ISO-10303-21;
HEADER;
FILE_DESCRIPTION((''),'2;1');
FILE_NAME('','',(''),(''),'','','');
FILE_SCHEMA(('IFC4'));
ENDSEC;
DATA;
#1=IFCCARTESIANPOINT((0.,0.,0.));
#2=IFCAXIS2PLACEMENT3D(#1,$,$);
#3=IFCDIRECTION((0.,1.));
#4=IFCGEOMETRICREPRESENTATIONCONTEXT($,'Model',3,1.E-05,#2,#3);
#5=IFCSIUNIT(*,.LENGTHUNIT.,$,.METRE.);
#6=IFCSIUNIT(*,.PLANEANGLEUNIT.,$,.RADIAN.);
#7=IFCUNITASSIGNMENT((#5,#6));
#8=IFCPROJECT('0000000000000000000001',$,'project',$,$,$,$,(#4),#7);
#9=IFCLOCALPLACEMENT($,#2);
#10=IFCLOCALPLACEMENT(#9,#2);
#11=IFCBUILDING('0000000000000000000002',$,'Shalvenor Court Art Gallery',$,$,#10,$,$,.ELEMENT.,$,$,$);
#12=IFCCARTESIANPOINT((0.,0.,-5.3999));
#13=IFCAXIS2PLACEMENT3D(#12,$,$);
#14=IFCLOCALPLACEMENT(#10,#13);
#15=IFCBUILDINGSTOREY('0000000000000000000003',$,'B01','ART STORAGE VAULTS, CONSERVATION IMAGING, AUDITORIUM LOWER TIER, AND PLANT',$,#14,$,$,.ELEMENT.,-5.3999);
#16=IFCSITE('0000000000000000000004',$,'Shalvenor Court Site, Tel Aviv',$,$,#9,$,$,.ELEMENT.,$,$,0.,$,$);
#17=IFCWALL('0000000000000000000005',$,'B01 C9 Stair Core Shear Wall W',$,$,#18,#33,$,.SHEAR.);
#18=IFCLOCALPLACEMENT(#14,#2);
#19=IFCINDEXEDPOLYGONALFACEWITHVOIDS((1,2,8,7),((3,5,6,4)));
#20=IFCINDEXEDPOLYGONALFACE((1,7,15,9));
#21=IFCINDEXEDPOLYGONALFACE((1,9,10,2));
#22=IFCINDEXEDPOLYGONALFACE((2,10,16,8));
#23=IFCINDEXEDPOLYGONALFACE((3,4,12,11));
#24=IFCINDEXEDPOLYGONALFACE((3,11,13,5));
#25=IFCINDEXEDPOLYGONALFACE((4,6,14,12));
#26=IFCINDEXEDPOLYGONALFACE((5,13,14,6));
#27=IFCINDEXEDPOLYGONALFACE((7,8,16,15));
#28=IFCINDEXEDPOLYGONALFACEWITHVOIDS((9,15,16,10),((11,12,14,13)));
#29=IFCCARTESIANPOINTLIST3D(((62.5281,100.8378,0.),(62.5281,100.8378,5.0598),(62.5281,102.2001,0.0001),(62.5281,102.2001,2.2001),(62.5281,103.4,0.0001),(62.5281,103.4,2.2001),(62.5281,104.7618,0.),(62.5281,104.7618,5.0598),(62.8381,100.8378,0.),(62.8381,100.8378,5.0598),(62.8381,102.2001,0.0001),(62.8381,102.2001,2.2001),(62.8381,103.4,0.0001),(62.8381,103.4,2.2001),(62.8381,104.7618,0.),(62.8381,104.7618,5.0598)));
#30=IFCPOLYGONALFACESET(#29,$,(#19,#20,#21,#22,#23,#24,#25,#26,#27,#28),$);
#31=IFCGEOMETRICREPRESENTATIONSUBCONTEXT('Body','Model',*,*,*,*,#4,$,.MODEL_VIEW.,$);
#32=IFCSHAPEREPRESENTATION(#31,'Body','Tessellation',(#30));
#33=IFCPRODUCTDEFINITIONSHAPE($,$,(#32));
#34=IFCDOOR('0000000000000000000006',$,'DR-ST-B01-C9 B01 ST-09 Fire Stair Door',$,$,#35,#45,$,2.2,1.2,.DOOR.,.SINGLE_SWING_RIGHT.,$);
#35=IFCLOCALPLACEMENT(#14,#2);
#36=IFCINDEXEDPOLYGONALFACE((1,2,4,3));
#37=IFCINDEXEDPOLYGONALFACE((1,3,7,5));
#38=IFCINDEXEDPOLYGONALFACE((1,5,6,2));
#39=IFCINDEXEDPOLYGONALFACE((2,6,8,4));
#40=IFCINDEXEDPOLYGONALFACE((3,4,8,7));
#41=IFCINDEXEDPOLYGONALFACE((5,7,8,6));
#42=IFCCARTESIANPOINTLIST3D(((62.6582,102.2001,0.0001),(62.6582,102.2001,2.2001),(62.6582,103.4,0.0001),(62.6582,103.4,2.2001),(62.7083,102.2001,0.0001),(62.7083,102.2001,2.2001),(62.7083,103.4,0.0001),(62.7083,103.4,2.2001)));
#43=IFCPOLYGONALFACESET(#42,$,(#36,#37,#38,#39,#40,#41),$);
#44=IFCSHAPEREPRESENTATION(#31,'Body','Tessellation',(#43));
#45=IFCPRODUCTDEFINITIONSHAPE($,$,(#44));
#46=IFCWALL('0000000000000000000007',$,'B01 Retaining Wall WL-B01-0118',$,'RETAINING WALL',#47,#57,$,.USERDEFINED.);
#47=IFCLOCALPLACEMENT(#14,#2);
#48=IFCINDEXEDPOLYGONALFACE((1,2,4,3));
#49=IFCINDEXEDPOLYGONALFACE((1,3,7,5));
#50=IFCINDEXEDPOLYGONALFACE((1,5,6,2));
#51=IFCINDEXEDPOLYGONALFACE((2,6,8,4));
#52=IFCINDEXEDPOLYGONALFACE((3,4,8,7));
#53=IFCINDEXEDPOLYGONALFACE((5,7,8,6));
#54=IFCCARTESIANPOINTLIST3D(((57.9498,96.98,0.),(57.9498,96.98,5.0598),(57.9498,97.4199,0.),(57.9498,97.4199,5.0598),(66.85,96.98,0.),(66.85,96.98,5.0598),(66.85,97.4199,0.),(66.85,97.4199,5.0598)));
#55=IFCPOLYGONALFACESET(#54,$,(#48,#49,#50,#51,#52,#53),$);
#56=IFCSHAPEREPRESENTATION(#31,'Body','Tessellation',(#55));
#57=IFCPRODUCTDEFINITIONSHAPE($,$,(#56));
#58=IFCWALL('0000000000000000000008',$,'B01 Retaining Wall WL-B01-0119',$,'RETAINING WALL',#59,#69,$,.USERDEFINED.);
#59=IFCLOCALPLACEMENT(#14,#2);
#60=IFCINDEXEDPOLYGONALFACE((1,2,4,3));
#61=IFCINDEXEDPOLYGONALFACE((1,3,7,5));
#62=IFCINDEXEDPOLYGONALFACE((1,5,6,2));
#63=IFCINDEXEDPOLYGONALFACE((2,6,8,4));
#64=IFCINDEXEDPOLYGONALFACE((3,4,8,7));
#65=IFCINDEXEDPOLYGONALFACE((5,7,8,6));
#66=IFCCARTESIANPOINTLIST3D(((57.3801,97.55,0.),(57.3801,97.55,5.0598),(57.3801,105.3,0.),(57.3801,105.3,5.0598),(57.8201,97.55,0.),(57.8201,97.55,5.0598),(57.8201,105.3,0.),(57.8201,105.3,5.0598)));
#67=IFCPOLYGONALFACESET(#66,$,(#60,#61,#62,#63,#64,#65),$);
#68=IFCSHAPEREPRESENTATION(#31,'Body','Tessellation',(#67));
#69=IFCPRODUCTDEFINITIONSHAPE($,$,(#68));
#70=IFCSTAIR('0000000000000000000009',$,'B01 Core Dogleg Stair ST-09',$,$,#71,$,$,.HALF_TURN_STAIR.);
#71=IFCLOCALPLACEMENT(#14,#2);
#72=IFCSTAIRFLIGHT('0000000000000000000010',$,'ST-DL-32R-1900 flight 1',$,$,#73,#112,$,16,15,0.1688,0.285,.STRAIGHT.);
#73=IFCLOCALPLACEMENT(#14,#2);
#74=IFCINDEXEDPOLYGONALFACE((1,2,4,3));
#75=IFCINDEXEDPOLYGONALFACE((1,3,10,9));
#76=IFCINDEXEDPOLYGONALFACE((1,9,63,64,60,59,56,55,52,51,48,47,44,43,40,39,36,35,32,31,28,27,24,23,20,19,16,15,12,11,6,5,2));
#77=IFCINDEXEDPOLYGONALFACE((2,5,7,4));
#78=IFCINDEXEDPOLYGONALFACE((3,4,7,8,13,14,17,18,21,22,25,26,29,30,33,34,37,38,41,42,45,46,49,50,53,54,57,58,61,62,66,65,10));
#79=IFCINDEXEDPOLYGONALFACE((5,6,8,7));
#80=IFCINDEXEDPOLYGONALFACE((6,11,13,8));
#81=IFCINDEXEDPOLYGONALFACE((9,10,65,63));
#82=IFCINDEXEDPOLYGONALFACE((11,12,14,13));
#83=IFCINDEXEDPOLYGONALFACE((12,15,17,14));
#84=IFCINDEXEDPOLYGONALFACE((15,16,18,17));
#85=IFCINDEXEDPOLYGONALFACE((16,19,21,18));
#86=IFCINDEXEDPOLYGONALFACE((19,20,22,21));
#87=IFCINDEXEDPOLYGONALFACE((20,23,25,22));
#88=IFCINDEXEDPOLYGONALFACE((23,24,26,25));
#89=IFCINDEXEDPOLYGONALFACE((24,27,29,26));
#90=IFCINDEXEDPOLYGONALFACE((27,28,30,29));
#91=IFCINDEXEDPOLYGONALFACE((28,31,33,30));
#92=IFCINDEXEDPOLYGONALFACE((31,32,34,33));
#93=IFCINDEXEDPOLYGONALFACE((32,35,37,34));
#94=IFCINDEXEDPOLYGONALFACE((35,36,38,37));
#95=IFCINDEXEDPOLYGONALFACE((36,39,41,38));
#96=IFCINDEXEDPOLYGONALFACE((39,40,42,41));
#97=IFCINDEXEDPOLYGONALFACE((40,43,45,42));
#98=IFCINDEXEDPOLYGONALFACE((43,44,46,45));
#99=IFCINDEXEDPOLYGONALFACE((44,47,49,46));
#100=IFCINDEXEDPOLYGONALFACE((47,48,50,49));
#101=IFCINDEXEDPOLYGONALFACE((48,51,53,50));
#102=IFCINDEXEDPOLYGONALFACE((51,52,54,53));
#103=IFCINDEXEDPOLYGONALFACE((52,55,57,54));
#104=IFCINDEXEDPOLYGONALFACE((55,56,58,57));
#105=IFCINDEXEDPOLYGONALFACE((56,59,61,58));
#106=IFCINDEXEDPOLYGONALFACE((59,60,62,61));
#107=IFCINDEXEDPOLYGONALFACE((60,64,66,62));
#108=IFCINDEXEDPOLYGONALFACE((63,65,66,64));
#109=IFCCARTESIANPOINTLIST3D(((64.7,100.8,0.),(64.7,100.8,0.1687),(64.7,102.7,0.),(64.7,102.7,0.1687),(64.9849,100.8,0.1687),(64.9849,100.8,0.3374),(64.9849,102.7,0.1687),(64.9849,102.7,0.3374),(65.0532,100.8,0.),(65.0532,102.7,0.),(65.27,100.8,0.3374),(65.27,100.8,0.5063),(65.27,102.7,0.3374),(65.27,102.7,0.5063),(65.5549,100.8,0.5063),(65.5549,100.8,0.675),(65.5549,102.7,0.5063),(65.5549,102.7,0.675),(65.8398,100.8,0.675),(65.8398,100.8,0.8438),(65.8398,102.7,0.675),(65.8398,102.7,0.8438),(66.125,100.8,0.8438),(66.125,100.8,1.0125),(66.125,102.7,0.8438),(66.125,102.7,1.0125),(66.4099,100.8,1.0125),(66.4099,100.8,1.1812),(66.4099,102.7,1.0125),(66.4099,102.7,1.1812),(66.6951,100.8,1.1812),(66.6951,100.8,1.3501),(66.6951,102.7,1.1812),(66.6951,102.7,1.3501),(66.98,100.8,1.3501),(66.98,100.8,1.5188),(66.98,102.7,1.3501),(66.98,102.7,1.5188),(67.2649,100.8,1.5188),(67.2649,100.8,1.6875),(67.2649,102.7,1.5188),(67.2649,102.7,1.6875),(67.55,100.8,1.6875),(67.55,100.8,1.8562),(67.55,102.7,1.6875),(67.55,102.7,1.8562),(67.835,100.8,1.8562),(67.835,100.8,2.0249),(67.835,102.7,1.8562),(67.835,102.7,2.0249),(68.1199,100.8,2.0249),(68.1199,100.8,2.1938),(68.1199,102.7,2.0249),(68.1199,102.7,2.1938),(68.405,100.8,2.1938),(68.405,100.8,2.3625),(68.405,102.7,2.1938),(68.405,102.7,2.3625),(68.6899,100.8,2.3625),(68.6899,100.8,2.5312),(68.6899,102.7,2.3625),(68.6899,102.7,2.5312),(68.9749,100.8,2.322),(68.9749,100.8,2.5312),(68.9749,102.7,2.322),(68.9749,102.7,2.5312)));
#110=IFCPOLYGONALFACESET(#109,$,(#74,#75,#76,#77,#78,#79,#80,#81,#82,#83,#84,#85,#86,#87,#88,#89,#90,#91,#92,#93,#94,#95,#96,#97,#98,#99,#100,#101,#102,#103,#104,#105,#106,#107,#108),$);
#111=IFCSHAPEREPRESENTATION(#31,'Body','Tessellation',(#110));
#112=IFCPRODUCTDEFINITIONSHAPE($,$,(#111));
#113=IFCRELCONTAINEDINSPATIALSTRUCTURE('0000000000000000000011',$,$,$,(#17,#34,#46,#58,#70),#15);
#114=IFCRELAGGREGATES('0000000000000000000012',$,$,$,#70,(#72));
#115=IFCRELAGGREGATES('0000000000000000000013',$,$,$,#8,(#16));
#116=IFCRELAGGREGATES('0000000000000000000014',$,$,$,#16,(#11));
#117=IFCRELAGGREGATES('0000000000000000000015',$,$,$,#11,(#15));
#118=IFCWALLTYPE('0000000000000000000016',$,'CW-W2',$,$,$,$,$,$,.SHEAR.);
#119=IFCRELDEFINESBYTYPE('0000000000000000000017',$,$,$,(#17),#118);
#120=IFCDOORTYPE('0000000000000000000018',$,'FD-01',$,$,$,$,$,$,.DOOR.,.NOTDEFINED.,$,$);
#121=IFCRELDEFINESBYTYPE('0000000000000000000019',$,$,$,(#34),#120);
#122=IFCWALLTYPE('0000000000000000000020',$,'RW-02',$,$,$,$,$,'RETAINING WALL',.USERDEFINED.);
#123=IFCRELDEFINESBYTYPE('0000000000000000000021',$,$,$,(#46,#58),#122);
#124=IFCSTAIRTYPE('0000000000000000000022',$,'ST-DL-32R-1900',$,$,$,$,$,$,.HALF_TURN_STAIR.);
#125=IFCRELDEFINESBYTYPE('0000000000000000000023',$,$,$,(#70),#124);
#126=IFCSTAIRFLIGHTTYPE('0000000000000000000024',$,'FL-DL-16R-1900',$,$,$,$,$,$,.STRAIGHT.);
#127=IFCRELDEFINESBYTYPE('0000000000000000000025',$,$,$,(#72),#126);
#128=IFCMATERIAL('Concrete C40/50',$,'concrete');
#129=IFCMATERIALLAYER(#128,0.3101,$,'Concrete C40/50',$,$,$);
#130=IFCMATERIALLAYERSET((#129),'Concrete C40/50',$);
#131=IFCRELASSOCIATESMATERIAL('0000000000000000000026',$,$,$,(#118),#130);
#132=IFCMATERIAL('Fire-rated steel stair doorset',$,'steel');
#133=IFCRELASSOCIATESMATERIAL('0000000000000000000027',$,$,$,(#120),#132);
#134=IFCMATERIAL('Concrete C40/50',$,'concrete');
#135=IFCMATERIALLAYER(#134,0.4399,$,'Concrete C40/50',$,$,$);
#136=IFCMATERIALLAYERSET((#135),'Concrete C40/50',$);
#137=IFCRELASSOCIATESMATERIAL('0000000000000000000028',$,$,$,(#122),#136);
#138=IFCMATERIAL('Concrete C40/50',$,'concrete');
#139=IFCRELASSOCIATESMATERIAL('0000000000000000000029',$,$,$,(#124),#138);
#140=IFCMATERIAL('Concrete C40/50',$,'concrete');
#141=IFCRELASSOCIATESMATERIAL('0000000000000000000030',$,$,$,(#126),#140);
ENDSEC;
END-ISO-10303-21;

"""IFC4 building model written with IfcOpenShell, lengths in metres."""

from ifc_helpers import new_model, si_unit, direction, frame, frame_2d, origin, place, context, subcontext, project, spatial, polyline, rectangle, outline, extrude, material, layer, layer_set, type_object, element, fill, aggregate, save


model = new_model("IFC4")

# Units and contexts
model_context = context("Model", 3, precision=1e-05, world=origin(), true_north=direction((0.0, 1.0)))
body_context = subcontext(model_context, "Body", "Model", "MODEL_VIEW")
ifc_project = project(units=[si_unit("LENGTHUNIT", "METRE"), si_unit("PLANEANGLEUNIT", "RADIAN")], contexts=[model_context])

# Site, building, storey
site_placement = place(None, origin())
site = spatial("IfcSite", under=ifc_project, at=site_placement, Name="Shalvenor Court Site, Tel Aviv", CompositionType="ELEMENT", RefElevation=0.0)
building_placement = place(site_placement, origin())
building = spatial("IfcBuilding", under=site, at=building_placement, Name="Shalvenor Court Art Gallery", CompositionType="ELEMENT")
storey_placement = place(building_placement, frame((0.0, 0.0, -5.3999)))
storey = spatial("IfcBuildingStorey", under=building, at=storey_placement, Name="B01", Description="ART STORAGE VAULTS, CONSERVATION IMAGING, AUDITORIUM LOWER TIER, AND PLANT", CompositionType="ELEMENT", Elevation=-5.3999)

# Wall, opening, door
ifc_material_1 = material(Name="Concrete C40/50", Category="concrete")
ifc_layer_1 = layer(ifc_material_1, 0.3101, Name="Concrete C40/50")
ifc_layer_set_1 = layer_set([ifc_layer_1], Name="Concrete C40/50")
wall_type_1 = type_object("IfcWallType", Name="CW-W2", PredefinedType="SHEAR", material=ifc_layer_set_1)
wall_1_placement = place(storey_placement, frame((62.6831, 100.8379, 0.0), z_axis=(0.0, 0.0, 1.0), x_axis=(0.0, 1.0, 0.0)))
wall_1 = element("IfcWall", 1, at=wall_1_placement, inside=storey, type_object=wall_type_1, Name="B01 C9 Stair Core Shear Wall W", PredefinedType="SHEAR", context=body_context, shape_type="SweptSolid", body=[
    extrude(rectangle(XDim=3.9241, YDim=0.3101, at=frame_2d((1.9619, 0.0))), origin(), (0.0, 0.0, 1.0), 5.0598),
])
opening_placement = place(wall_1_placement, frame((1.3621, 0.0, 0.0)))
opening = element("IfcOpeningElement", 2, at=opening_placement, cuts=wall_1, PredefinedType="OPENING", context=body_context, shape_type="SweptSolid", body=[
    extrude(rectangle(XDim=1.2, YDim=2.2, at=frame_2d((0.6001, 1.1001))), frame((0.0, 0.165, 0.0), z_axis=(0.0, -1.0, 0.0), x_axis=(1.0, 0.0, 0.0)), (0.0, 0.0, 1.0), 0.3301),
])
ifc_material_2 = material(Name="Fire-rated steel stair doorset", Category="steel")
door_type = type_object("IfcDoorType", Name="FD-01", OperationType="NOTDEFINED", PredefinedType="DOOR", material=ifc_material_2)
door_placement = place(opening_placement, origin())
door = element("IfcDoor", 3, at=door_placement, inside=storey, type_object=door_type, Name="DR-ST-B01-C9 B01 ST-09 Fire Stair Door", OperationType="SINGLE_SWING_RIGHT", OverallHeight=2.2, OverallWidth=1.2, PredefinedType="DOOR", context=body_context, shape_type="SweptSolid", body=[
    extrude(rectangle(XDim=1.2, YDim=2.2, at=frame_2d((0.6001, 1.1001))), frame((0.0, 0.0249, 0.0), z_axis=(0.0, -1.0, 0.0), x_axis=(1.0, 0.0, 0.0)), (0.0, 0.0, 1.0), 0.05),
])
fill(opening, door)

# Walls
ifc_material_3 = material(Name="Concrete C40/50", Category="concrete")
ifc_layer_2 = layer(ifc_material_3, 0.4399, Name="Concrete C40/50")
ifc_layer_set_2 = layer_set([ifc_layer_2], Name="Concrete C40/50")
wall_type_2 = type_object("IfcWallType", Name="RW-02", ElementType="RETAINING WALL", PredefinedType="USERDEFINED", material=ifc_layer_set_2)
wall_2_placement = place(storey_placement, frame((66.8501, 97.2, 0.0), z_axis=(0.0, 0.0, 1.0), x_axis=(-1.0, 0.0, 0.0)))
element("IfcWall", 4, at=wall_2_placement, inside=storey, type_object=wall_type_2, Name="B01 Retaining Wall WL-B01-0118", ObjectType="RETAINING WALL", PredefinedType="USERDEFINED", context=body_context, shape_type="SweptSolid", body=[
    extrude(rectangle(XDim=8.9001, YDim=0.4399, at=frame_2d((4.4502, 0.0))), origin(), (0.0, 0.0, 1.0), 5.0598),
])
wall_3_placement = place(storey_placement, frame((57.6001, 97.55, 0.0), z_axis=(0.0, 0.0, 1.0), x_axis=(0.0, 1.0, 0.0)))
element("IfcWall", 5, at=wall_3_placement, inside=storey, type_object=wall_type_2, Name="B01 Retaining Wall WL-B01-0119", ObjectType="RETAINING WALL", PredefinedType="USERDEFINED", context=body_context, shape_type="SweptSolid", body=[
    extrude(rectangle(XDim=7.75, YDim=0.4399, at=frame_2d((3.875, 0.0))), origin(), (0.0, 0.0, 1.0), 5.0598),
])

# Stair, stair flight
ifc_material_4 = material(Name="Concrete C40/50", Category="concrete")
stair_type = type_object("IfcStairType", Name="ST-DL-32R-1900", PredefinedType="HALF_TURN_STAIR", material=ifc_material_4)
stair_placement = place(storey_placement, origin())
stair = element("IfcStair", 6, at=stair_placement, inside=storey, type_object=stair_type, Name="B01 Core Dogleg Stair ST-09", PredefinedType="HALF_TURN_STAIR")
ifc_material_5 = material(Name="Concrete C40/50", Category="concrete")
stair_flight_type = type_object("IfcStairFlightType", Name="FL-DL-16R-1900", PredefinedType="STRAIGHT", material=ifc_material_5)
stair_flight_placement = place(storey_placement, frame((64.7, 101.75, 0.0), z_axis=(0.0, 0.0, 1.0), x_axis=(1.0, 0.0, 0.0)))
stair_flight = element("IfcStairFlight", 7, at=stair_flight_placement, type_object=stair_flight_type, Name="ST-DL-32R-1900 flight 1", NumberOfRisers=16, NumberOfTreads=15, PredefinedType="STRAIGHT", RiserHeight=0.1688, TreadLength=0.285, context=body_context, shape_type="SweptSolid", body=[
    extrude(outline(polyline([(0.0, 0.0), (0.0, 0.1687), (0.2849, 0.1687), (0.2849, 0.3374), (0.5701, 0.3374), (0.5701, 0.5063), (0.855, 0.5063), (0.855, 0.675), (1.1399, 0.675), (1.1399, 0.8438), (1.425, 0.8438), (1.425, 1.0125), (1.71, 1.0125), (1.71, 1.1812), (1.9951, 1.1812), (1.9951, 1.3501), (2.28, 1.3501), (2.28, 1.5188), (2.5649, 1.5188), (2.5649, 1.6875), (2.8501, 1.6875), (2.8501, 1.8562), (3.135, 1.8562), (3.135, 2.0249), (3.4199, 2.0249), (3.4199, 2.1938), (3.7051, 2.1938), (3.7051, 2.3625), (3.99, 2.3625), (3.99, 2.5312), (4.2749, 2.5312), (4.2749, 2.7), (4.2749, 2.322), (0.3533, 0.0), (0.0, 0.0)])), frame((0.0, 0.95, 0.0), z_axis=(0.0, -1.0, 0.0), x_axis=(1.0, 0.0, 0.0)), (0.0, 0.0, 1.0), 1.8999),
])
aggregate(stair, [stair_flight])

save(model, "model.ifc")
